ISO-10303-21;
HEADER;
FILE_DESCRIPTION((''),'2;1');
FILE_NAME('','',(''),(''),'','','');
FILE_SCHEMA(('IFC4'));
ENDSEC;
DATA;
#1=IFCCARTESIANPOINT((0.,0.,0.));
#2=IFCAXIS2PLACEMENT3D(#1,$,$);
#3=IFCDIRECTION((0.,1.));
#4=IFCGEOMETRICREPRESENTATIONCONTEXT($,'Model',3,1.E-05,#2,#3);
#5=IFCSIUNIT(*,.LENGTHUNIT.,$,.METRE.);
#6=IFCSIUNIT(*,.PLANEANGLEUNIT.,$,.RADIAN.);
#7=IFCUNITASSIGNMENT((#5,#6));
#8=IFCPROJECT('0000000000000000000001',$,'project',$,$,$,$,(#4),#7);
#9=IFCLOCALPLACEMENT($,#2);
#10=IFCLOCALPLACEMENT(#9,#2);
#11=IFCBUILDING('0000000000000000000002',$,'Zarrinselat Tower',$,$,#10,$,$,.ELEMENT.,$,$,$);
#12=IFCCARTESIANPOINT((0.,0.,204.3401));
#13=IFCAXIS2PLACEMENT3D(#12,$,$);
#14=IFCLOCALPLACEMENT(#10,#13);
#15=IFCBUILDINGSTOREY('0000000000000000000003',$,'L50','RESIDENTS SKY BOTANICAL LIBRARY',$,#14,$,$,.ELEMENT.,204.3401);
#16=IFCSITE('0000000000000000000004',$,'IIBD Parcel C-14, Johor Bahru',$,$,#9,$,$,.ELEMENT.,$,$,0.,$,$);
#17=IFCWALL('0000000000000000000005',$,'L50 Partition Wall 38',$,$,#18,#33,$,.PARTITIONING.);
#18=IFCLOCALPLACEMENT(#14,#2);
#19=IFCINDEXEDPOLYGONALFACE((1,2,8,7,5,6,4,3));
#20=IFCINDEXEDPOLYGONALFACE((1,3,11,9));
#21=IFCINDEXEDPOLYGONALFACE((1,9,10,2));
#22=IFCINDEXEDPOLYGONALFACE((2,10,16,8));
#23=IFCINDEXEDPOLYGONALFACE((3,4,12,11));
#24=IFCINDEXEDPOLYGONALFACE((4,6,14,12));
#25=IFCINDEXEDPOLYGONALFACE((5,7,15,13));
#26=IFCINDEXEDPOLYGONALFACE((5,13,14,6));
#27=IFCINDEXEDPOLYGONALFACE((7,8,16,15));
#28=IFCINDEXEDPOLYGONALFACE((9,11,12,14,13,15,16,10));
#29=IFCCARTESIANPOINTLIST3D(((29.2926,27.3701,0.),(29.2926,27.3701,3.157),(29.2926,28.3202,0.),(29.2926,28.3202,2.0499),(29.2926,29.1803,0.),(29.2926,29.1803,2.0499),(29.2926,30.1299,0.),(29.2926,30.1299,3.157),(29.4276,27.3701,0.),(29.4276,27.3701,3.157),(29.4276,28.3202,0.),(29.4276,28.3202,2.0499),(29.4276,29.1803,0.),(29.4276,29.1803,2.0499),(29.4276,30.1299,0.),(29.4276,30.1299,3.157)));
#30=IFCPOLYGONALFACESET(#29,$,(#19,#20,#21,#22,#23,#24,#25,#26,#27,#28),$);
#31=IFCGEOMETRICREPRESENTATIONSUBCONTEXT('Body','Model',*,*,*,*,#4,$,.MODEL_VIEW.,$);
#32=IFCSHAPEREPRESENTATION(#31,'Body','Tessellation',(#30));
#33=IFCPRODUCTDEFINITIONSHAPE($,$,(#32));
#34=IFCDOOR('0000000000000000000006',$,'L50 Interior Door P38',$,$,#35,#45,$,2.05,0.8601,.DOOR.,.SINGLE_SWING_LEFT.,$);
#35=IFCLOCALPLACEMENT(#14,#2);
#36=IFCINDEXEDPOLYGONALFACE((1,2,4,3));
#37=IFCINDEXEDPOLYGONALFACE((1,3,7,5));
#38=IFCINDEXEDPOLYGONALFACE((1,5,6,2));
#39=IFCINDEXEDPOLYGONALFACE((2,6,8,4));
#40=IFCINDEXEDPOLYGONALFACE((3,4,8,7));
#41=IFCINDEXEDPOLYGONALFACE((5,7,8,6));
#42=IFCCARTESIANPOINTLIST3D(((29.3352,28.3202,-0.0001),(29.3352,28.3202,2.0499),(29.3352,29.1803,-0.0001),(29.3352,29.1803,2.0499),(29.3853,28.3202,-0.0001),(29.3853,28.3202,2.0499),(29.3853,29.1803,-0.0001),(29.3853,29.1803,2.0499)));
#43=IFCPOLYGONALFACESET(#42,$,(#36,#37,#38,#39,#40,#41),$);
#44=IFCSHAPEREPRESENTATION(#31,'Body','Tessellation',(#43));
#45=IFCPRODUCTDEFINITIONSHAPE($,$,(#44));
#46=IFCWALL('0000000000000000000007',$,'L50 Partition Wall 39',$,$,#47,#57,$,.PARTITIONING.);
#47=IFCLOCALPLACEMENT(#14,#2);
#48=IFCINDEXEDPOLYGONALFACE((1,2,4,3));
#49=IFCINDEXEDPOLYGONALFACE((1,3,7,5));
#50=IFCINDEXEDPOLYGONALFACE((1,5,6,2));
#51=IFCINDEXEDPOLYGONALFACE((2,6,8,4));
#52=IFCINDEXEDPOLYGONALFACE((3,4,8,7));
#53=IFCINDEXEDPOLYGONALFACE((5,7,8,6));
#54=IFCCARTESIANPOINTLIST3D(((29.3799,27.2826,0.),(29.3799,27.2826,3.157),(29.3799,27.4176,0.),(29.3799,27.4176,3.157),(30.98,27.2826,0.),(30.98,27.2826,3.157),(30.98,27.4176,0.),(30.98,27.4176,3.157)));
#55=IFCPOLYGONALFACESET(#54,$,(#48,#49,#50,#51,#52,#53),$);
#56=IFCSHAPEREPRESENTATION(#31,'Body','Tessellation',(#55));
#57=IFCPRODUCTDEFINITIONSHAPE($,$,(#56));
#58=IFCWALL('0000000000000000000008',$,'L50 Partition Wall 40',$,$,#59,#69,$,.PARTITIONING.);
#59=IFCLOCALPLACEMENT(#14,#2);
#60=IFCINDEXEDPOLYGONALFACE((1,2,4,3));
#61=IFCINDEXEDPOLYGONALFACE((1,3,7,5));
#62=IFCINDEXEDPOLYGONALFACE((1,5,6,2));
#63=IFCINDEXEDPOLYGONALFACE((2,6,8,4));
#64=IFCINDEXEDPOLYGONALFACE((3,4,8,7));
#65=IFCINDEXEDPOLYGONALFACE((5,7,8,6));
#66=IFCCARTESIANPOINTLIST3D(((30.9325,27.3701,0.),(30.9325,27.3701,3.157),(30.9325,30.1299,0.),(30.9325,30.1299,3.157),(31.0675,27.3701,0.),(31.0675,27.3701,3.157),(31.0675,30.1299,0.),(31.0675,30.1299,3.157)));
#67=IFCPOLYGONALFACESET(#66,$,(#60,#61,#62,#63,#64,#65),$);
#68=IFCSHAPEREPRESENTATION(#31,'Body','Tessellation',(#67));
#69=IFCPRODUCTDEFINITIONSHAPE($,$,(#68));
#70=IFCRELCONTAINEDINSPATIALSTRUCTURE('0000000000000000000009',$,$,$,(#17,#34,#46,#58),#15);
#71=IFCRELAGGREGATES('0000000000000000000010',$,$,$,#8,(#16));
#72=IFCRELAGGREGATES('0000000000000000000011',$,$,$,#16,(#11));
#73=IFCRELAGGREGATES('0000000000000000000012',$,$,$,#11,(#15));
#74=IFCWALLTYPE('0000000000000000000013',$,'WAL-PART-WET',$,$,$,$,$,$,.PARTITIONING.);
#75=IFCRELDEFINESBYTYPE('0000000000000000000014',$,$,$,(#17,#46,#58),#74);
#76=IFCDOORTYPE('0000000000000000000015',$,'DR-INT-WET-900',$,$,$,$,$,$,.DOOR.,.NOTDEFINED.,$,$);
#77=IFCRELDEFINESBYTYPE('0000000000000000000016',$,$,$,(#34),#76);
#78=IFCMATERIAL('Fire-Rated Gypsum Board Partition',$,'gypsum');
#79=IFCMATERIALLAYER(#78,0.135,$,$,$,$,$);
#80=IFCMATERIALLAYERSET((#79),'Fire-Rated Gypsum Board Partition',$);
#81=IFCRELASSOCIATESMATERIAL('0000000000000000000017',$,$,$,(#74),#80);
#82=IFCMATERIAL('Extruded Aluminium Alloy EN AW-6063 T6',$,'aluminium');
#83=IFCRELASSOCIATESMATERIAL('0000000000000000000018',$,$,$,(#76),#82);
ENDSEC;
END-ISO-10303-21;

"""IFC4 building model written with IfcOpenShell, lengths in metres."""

from ifc_helpers import new_model, si_unit, direction, frame, frame_2d, origin, place, context, subcontext, project, spatial, rectangle, extrude, material, layer, layer_set, type_object, element, fill, save


model = new_model("IFC4")

# Units and contexts
model_context = context("Model", 3, precision=1e-05, world=origin(), true_north=direction((0.0, 1.0)))
body_context = subcontext(model_context, "Body", "Model", "MODEL_VIEW")
ifc_project = project(units=[si_unit("LENGTHUNIT", "METRE"), si_unit("PLANEANGLEUNIT", "RADIAN")], contexts=[model_context])

# Site, building, storey
site_placement = place(None, origin())
site = spatial("IfcSite", under=ifc_project, at=site_placement, Name="IIBD Parcel C-14, Johor Bahru", CompositionType="ELEMENT", RefElevation=0.0)
building_placement = place(site_placement, origin())
building = spatial("IfcBuilding", under=site, at=building_placement, Name="Zarrinselat Tower", CompositionType="ELEMENT")
storey_placement = place(building_placement, frame((0.0, 0.0, 204.3401)))
storey = spatial("IfcBuildingStorey", under=building, at=storey_placement, Name="L50", Description="RESIDENTS SKY BOTANICAL LIBRARY", CompositionType="ELEMENT", Elevation=204.3401)

# Wall, opening, door
ifc_material_1 = material(Name="Fire-Rated Gypsum Board Partition", Category="gypsum")
ifc_layer_1 = layer(ifc_material_1, 0.135)
ifc_layer_set_1 = layer_set([ifc_layer_1], Name="Fire-Rated Gypsum Board Partition")
wall_type_1 = type_object("IfcWallType", Name="WAL-PART-WET", PredefinedType="PARTITIONING", material=ifc_layer_set_1)
wall_1_placement = place(storey_placement, frame((29.3601, 27.3701, 0.0), z_axis=(0.0, 0.0, 1.0), x_axis=(0.0, 1.0, 0.0)))
wall_1 = element("IfcWall", 1, at=wall_1_placement, inside=storey, type_object=wall_type_1, Name="L50 Partition Wall 38", PredefinedType="PARTITIONING", context=body_context, shape_type="SweptSolid", body=[
    extrude(rectangle(XDim=2.7598, YDim=0.135, at=frame_2d((1.3799, 0.0))), origin(), (0.0, 0.0, 1.0), 3.157),
])
opening_1_placement = place(wall_1_placement, frame((0.95, 0.0, 0.0)))
opening_1 = element("IfcOpeningElement", 2, at=opening_1_placement, cuts=wall_1, PredefinedType="OPENING", context=body_context, shape_type="SweptSolid", body=[
    extrude(rectangle(XDim=0.8601, YDim=2.05, at=frame_2d((0.4302, 1.0249))), frame((0.0, 0.0774, 0.0), z_axis=(0.0, -1.0, 0.0), x_axis=(1.0, 0.0, 0.0)), (0.0, 0.0, 1.0), 0.155),
])
ifc_material_2 = material(Name="Extruded Aluminium Alloy EN AW-6063 T6", Category="aluminium")
door_type_1 = type_object("IfcDoorType", Name="DR-INT-WET-900", OperationType="NOTDEFINED", PredefinedType="DOOR", material=ifc_material_2)
door_1_placement = place(opening_1_placement, origin())
door_1 = element("IfcDoor", 3, at=door_1_placement, inside=storey, type_object=door_type_1, Name="L50 Interior Door P38", OperationType="SINGLE_SWING_LEFT", OverallHeight=2.05, OverallWidth=0.8601, PredefinedType="DOOR", context=body_context, shape_type="SweptSolid", body=[
    extrude(rectangle(XDim=0.8601, YDim=2.05, at=frame_2d((0.4302, 1.0249))), frame((0.0, 0.0249, 0.0), z_axis=(0.0, -1.0, 0.0), x_axis=(1.0, 0.0, 0.0)), (0.0, 0.0, 1.0), 0.05),
])
fill(opening_1, door_1)

# Walls
wall_2_placement = place(storey_placement, frame((29.3799, 27.3501, 0.0), z_axis=(0.0, 0.0, 1.0), x_axis=(1.0, 0.0, 0.0)))
element("IfcWall", 4, at=wall_2_placement, inside=storey, type_object=wall_type_1, Name="L50 Partition Wall 39", PredefinedType="PARTITIONING", context=body_context, shape_type="SweptSolid", body=[
    extrude(rectangle(XDim=1.6001, YDim=0.135, at=frame_2d((0.8, 0.0))), origin(), (0.0, 0.0, 1.0), 3.157),
])
wall_3_placement = place(storey_placement, frame((31.0, 27.3701, 0.0), z_axis=(0.0, 0.0, 1.0), x_axis=(0.0, 1.0, 0.0)))
element("IfcWall", 5, at=wall_3_placement, inside=storey, type_object=wall_type_1, Name="L50 Partition Wall 40", PredefinedType="PARTITIONING", context=body_context, shape_type="SweptSolid", body=[
    extrude(rectangle(XDim=2.7598, YDim=0.135, at=frame_2d((1.3799, 0.0))), origin(), (0.0, 0.0, 1.0), 3.157),
])

save(model, "model.ifc")
